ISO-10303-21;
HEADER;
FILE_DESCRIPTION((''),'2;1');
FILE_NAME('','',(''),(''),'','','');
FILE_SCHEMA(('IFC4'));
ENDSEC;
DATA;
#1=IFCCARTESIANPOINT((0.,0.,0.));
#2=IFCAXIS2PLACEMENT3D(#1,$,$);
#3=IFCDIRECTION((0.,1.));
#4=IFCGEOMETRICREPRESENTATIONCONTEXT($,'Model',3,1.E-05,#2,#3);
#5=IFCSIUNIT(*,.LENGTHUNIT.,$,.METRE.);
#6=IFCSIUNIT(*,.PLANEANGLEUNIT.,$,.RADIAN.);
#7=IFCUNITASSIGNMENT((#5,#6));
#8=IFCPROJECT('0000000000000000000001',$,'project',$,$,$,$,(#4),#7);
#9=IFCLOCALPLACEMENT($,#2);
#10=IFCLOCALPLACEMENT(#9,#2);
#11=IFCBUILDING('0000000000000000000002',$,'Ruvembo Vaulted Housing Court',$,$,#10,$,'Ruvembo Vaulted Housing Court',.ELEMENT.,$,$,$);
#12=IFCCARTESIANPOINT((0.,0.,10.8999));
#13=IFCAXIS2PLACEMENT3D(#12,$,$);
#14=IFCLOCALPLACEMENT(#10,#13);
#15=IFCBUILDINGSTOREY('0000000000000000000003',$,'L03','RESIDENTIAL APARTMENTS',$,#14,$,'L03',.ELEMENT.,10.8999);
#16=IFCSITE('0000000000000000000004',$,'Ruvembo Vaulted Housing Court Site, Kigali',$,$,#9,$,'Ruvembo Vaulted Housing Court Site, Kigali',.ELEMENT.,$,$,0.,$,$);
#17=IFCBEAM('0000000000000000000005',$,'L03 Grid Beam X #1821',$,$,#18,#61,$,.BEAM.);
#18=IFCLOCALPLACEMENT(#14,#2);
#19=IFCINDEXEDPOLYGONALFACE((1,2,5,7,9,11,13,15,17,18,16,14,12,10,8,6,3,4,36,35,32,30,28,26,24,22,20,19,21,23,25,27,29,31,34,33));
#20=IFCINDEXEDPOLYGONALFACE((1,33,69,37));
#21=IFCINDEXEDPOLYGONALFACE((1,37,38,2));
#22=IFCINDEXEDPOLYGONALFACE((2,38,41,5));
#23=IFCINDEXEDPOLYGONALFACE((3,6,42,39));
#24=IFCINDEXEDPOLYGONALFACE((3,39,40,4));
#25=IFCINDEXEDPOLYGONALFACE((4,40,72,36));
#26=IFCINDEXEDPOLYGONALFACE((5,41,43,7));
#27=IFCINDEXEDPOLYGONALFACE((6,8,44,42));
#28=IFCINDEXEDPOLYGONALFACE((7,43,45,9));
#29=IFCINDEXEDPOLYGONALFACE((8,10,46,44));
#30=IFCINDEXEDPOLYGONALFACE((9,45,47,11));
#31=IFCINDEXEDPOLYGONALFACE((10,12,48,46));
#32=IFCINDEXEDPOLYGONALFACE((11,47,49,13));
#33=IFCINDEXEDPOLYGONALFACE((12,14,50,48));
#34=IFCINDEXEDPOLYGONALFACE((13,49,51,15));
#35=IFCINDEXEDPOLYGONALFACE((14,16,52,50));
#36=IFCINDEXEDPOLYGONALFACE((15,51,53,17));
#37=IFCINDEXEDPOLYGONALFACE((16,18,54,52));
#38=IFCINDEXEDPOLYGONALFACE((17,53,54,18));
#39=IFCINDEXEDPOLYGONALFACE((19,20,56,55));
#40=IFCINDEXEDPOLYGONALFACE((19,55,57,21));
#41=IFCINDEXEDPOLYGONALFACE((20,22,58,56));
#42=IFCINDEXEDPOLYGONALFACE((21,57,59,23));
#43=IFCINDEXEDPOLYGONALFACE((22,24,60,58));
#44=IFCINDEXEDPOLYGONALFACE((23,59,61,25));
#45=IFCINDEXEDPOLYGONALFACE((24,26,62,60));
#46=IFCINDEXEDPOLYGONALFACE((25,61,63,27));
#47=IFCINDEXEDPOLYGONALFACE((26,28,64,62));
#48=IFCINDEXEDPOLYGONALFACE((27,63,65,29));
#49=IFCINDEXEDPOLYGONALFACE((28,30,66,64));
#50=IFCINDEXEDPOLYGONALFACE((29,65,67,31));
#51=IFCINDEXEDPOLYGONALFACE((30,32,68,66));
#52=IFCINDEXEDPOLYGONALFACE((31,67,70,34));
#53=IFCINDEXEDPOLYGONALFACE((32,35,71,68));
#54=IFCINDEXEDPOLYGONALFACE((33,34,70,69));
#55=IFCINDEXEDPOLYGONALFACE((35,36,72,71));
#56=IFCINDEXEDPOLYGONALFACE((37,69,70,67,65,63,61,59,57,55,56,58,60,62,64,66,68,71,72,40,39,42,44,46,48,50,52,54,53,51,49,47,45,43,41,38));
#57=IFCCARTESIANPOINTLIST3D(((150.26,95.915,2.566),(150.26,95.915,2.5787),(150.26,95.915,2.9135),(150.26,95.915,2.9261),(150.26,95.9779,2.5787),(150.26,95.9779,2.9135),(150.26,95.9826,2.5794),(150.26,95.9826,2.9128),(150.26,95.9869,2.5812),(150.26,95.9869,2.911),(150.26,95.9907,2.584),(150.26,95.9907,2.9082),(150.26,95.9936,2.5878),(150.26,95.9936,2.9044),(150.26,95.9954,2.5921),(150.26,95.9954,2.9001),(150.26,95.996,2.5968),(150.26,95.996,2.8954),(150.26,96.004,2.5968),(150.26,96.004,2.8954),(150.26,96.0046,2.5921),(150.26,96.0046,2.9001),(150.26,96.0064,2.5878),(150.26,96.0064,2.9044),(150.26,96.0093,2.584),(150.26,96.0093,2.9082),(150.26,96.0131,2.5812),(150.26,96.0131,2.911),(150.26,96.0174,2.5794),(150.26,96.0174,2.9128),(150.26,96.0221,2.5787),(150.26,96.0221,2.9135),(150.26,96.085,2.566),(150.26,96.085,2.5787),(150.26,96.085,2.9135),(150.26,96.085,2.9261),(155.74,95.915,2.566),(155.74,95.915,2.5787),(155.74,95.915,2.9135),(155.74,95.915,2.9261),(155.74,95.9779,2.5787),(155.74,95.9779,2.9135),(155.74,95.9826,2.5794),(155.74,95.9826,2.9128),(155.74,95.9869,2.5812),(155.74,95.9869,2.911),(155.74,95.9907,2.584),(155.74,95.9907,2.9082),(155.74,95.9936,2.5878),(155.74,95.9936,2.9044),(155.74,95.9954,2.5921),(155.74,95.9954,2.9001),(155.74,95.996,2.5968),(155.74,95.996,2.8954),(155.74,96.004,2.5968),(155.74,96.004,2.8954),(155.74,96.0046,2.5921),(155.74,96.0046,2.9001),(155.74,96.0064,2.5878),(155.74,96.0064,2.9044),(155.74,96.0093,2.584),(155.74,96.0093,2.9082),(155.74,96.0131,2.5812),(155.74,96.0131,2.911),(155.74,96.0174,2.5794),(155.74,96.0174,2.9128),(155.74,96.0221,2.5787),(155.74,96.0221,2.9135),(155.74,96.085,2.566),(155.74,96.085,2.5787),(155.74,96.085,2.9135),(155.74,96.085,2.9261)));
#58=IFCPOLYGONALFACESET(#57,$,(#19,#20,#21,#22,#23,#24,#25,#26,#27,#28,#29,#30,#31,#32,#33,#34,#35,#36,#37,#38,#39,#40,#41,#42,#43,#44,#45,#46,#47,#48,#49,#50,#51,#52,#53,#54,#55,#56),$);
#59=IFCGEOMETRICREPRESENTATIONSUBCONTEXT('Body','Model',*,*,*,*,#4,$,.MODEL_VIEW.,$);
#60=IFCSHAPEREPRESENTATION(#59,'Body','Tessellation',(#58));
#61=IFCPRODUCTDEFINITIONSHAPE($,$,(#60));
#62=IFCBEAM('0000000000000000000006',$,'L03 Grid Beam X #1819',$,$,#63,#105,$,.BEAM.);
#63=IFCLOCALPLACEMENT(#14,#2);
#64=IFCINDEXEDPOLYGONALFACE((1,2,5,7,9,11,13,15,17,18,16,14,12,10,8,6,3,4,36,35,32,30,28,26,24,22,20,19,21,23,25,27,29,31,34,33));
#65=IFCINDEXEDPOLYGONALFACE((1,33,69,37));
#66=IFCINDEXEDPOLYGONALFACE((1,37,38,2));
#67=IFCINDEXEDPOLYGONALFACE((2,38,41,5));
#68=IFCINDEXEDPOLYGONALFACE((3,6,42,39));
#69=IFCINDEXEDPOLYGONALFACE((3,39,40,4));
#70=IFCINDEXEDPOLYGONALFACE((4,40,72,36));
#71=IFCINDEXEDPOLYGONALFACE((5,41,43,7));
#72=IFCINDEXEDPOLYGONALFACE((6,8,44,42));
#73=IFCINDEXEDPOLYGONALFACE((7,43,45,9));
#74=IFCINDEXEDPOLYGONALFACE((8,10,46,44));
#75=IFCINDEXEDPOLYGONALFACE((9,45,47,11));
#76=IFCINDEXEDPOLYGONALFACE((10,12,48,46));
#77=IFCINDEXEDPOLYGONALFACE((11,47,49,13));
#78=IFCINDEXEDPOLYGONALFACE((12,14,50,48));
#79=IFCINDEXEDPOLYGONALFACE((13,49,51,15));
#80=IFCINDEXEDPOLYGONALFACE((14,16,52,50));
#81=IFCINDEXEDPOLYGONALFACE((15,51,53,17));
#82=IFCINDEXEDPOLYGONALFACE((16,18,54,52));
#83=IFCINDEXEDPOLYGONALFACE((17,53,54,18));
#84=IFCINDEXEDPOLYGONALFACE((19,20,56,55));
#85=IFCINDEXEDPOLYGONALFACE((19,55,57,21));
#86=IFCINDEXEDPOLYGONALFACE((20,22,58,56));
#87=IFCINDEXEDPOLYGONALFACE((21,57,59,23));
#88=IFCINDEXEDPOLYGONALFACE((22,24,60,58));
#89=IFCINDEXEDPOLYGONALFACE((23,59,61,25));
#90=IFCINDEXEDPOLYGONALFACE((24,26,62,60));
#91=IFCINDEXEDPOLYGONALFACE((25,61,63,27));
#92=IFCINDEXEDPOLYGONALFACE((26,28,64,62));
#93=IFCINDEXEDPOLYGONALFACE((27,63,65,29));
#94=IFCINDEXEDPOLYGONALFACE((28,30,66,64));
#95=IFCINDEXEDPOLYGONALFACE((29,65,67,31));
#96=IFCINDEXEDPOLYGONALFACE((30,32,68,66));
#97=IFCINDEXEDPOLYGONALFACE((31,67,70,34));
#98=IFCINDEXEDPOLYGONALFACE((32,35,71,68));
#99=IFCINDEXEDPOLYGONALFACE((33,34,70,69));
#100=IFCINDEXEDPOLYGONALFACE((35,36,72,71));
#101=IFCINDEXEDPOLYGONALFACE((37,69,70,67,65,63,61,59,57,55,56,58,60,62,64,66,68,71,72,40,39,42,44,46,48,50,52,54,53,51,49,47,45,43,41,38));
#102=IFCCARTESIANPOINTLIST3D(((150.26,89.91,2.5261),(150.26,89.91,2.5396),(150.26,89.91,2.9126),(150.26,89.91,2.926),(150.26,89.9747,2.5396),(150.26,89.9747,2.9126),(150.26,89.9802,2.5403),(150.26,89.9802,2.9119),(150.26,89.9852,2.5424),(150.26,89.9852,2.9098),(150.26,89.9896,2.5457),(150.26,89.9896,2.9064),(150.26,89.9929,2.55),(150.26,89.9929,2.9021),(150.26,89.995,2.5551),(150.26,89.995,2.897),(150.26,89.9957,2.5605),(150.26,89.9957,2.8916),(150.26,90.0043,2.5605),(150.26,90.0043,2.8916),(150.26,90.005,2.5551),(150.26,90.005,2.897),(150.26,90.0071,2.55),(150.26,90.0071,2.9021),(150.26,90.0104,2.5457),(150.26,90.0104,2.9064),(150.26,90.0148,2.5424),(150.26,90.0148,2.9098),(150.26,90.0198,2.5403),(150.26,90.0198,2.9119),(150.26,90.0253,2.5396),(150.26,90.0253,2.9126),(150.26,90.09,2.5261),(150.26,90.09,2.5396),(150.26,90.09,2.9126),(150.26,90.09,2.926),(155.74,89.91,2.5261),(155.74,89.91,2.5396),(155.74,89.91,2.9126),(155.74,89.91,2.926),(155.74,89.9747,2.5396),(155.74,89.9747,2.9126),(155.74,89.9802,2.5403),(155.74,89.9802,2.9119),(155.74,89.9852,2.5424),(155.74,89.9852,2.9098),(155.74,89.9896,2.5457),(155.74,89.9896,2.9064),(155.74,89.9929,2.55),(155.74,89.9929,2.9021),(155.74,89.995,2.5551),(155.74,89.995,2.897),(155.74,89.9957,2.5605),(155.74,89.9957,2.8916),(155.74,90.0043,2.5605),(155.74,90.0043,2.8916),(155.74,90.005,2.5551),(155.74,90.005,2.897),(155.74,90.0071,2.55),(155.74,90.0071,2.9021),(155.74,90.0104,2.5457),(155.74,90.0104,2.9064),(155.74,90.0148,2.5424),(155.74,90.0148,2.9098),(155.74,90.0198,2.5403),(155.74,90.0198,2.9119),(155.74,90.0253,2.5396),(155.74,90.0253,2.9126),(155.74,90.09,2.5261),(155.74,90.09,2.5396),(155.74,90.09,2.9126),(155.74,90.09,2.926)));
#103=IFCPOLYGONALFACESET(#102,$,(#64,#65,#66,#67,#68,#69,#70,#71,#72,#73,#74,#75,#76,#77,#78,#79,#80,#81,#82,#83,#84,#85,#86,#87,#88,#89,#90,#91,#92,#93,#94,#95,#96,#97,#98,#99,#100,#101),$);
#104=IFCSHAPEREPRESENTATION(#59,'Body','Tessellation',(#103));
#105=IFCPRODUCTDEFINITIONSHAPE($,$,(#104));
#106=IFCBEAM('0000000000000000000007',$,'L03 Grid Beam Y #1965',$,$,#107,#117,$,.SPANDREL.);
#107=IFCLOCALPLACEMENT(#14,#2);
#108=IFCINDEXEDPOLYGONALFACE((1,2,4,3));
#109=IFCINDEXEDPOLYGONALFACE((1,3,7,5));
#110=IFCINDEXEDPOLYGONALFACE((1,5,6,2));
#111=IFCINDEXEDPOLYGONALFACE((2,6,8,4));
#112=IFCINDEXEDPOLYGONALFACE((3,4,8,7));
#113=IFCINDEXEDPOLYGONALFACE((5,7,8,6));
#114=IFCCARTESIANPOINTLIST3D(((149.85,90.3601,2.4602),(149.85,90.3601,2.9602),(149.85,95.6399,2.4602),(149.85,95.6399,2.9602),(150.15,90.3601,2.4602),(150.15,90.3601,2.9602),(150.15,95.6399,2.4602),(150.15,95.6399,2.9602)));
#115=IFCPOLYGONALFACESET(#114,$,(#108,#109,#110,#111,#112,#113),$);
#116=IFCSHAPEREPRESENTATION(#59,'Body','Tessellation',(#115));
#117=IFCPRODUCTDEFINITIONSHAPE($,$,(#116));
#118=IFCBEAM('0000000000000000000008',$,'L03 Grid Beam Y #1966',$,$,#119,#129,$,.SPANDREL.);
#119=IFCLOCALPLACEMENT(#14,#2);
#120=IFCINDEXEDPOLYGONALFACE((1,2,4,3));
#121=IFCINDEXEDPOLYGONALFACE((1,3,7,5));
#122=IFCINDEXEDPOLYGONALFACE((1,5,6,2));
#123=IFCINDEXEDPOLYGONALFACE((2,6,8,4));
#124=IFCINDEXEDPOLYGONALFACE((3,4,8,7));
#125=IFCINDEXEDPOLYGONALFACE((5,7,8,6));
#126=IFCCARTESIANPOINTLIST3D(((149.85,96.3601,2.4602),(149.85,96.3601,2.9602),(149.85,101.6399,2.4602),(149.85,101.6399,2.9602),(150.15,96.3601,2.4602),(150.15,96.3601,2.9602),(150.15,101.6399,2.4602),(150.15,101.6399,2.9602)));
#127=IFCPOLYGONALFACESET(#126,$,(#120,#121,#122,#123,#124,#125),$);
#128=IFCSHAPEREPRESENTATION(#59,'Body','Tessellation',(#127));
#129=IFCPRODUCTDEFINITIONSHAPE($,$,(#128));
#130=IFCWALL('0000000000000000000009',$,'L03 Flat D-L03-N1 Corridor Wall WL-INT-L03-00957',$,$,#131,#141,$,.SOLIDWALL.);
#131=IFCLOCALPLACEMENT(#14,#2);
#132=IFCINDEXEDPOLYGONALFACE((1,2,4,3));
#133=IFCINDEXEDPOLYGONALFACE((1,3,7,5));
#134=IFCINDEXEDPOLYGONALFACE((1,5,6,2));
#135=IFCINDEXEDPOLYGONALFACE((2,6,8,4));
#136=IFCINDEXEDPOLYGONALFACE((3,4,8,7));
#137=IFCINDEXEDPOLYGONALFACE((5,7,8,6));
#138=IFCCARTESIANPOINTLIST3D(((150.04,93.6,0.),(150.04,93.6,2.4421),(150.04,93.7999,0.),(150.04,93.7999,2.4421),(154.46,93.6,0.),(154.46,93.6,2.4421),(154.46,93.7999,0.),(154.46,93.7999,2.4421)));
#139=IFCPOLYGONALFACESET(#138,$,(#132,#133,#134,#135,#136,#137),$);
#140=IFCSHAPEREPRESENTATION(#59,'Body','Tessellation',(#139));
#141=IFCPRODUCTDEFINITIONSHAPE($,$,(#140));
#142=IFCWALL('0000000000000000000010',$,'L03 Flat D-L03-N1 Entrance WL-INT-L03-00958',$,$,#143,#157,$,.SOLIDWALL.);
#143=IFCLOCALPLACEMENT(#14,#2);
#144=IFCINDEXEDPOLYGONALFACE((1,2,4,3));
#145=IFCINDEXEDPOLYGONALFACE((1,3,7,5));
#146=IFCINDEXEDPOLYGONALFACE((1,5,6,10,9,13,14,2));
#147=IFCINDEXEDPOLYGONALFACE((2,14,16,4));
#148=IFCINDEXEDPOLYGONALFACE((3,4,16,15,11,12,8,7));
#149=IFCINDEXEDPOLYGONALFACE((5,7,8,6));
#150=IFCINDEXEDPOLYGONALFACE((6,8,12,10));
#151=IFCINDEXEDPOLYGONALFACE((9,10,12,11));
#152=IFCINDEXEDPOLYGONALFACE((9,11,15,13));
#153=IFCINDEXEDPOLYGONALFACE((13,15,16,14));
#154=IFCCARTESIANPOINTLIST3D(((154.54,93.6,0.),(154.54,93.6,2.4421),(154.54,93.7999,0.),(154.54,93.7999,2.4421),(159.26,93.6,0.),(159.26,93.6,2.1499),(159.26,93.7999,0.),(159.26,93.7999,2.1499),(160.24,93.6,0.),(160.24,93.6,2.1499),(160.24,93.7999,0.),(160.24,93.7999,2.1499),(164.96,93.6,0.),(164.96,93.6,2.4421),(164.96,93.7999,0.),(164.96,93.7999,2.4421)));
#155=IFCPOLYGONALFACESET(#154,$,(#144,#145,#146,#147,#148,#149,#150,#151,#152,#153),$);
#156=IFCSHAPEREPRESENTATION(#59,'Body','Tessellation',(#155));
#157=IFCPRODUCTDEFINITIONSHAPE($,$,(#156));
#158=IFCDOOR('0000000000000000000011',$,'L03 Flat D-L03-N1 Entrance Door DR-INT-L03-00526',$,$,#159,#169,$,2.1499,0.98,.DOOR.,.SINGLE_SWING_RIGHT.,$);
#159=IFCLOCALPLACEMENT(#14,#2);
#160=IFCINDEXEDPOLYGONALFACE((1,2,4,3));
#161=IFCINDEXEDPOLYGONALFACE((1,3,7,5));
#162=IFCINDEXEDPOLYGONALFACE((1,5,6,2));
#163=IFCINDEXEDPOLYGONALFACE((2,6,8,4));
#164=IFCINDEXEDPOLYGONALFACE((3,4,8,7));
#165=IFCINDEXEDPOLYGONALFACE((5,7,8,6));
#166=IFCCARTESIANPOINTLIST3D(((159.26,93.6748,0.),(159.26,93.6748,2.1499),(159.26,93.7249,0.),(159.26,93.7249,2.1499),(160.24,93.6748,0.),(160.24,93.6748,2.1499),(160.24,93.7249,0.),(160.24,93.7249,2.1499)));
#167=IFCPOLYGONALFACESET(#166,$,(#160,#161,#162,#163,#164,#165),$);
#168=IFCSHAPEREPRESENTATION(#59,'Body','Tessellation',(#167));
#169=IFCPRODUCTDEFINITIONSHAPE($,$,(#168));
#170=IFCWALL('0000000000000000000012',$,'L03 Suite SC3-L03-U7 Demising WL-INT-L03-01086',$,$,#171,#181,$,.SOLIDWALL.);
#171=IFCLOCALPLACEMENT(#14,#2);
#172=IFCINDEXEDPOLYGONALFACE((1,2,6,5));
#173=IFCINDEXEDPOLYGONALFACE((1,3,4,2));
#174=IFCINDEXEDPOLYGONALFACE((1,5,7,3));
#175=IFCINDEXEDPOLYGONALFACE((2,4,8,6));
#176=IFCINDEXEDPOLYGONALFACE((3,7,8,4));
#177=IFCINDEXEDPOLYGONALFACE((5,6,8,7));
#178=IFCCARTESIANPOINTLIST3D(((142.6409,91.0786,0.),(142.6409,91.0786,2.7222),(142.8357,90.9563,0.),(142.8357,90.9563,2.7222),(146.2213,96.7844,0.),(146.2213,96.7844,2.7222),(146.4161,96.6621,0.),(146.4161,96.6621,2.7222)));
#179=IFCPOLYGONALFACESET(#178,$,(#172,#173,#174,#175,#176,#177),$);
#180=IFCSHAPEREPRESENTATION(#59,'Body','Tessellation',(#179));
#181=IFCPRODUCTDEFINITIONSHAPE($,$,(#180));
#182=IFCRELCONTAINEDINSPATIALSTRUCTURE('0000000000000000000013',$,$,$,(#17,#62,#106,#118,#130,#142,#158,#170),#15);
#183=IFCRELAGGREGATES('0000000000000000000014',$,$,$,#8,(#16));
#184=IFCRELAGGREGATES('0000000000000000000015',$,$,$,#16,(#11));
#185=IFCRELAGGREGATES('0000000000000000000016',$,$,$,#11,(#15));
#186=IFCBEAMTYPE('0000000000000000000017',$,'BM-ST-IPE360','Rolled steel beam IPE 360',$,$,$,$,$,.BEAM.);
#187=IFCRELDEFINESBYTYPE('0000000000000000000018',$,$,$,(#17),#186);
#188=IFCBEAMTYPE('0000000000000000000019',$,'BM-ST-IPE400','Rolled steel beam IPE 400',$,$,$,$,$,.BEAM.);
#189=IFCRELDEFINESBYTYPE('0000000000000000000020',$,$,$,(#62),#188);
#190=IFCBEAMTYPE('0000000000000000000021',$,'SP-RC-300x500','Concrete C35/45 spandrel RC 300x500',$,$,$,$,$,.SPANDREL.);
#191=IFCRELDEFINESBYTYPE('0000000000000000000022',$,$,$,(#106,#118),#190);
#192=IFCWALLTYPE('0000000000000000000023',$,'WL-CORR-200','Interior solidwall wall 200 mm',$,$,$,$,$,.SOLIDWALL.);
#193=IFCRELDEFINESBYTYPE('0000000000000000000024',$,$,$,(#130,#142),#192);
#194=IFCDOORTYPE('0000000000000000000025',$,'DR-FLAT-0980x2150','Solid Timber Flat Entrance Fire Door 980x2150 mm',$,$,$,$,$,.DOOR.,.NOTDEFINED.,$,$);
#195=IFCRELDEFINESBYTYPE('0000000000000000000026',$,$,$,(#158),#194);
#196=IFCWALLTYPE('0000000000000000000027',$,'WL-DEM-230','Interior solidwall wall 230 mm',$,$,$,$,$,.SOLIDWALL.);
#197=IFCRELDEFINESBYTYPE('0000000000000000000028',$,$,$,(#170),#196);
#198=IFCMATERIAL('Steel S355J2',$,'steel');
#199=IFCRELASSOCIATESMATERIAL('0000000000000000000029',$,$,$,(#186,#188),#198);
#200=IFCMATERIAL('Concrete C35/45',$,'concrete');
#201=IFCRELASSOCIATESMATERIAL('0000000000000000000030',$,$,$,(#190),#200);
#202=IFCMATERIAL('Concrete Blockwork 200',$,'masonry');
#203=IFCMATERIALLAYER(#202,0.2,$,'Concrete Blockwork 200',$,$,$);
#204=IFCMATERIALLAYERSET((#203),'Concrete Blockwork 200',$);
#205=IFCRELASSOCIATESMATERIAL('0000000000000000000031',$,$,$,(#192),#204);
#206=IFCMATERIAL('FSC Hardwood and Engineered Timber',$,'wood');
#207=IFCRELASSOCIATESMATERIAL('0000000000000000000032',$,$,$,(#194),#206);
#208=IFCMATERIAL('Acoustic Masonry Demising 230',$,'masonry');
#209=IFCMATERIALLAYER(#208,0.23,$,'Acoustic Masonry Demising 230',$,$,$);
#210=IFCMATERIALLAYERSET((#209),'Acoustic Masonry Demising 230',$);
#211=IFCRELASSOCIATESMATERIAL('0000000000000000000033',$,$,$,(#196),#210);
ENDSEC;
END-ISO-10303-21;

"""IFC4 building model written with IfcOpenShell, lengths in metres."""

from ifc_helpers import new_model, si_unit, direction, frame, frame_2d, origin, origin_2d, place, context, subcontext, project, spatial, rectangle, i_section, extrude, material, layer, layer_set, material_profile, profile_set, type_object, element, fill, save


model = new_model("IFC4")

# Units and contexts
model_context = context("Model", 3, precision=1e-05, world=origin(), true_north=direction((0.0, 1.0)))
body_context = subcontext(model_context, "Body", "Model", "MODEL_VIEW")
ifc_project = project(units=[si_unit("LENGTHUNIT", "METRE"), si_unit("PLANEANGLEUNIT", "RADIAN")], contexts=[model_context])

# Site, building, storey
site_placement = place(None, origin())
site = spatial("IfcSite", under=ifc_project, at=site_placement, Name="Ruvembo Vaulted Housing Court Site, Kigali", LongName="Ruvembo Vaulted Housing Court Site, Kigali", CompositionType="ELEMENT", RefElevation=0.0)
building_placement = place(site_placement, origin())
building = spatial("IfcBuilding", under=site, at=building_placement, Name="Ruvembo Vaulted Housing Court", LongName="Ruvembo Vaulted Housing Court", CompositionType="ELEMENT")
storey_placement = place(building_placement, frame((0.0, 0.0, 10.8999)))
storey = spatial("IfcBuildingStorey", under=building, at=storey_placement, Name="L03", Description="RESIDENTIAL APARTMENTS", LongName="L03", CompositionType="ELEMENT", Elevation=10.8999)

# Beams
ifc_material_1 = material(Name="Steel S355J2", Category="steel")
ifc_material_profile_1 = material_profile(ifc_material_1, i_section(OverallWidth=0.1699, OverallDepth=0.3601, WebThickness=0.0081, FlangeThickness=0.0127, FilletRadius=0.0181, at=origin_2d()), Name="IPE 360")
ifc_profile_set_1 = profile_set([ifc_material_profile_1], Name="Steel S355J2")
beam_type_1 = type_object("IfcBeamType", Name="BM-ST-IPE360", Description="Rolled steel beam IPE 360", PredefinedType="BEAM", material=ifc_profile_set_1)
beam_1_placement = place(storey_placement, frame((150.26, 96.0, 2.7461), z_axis=(1.0, 0.0, 0.0), x_axis=(0.0, 1.0, 0.0)))
element("IfcBeam", 1, at=beam_1_placement, inside=storey, type_object=beam_type_1, Name="L03 Grid Beam X #1821", PredefinedType="BEAM", context=body_context, shape_type="SweptSolid", body=[
    extrude(i_section(OverallWidth=0.1699, OverallDepth=0.3601, WebThickness=0.0081, FlangeThickness=0.0127, FilletRadius=0.0181, at=origin_2d()), origin(), (0.0, 0.0, 1.0), 5.48),
])
ifc_material_profile_2 = material_profile(ifc_material_1, i_section(OverallWidth=0.1799, OverallDepth=0.3999, WebThickness=0.0085, FlangeThickness=0.0134, FilletRadius=0.021, at=origin_2d()), Name="IPE 400")
ifc_profile_set_2 = profile_set([ifc_material_profile_2], Name="Steel S355J2")
beam_type_2 = type_object("IfcBeamType", Name="BM-ST-IPE400", Description="Rolled steel beam IPE 400", PredefinedType="BEAM", material=ifc_profile_set_2)
beam_2_placement = place(storey_placement, frame((150.26, 90.0, 2.7261), z_axis=(1.0, 0.0, 0.0), x_axis=(0.0, 1.0, 0.0)))
element("IfcBeam", 2, at=beam_2_placement, inside=storey, type_object=beam_type_2, Name="L03 Grid Beam X #1819", PredefinedType="BEAM", context=body_context, shape_type="SweptSolid", body=[
    extrude(i_section(OverallWidth=0.1799, OverallDepth=0.3999, WebThickness=0.0085, FlangeThickness=0.0134, FilletRadius=0.021, at=origin_2d()), origin(), (0.0, 0.0, 1.0), 5.48),
])
ifc_material_2 = material(Name="Concrete C35/45", Category="concrete")
ifc_material_profile_3 = material_profile(ifc_material_2, rectangle(XDim=0.3, YDim=0.5, at=origin_2d()), Name="RC 300x500")
ifc_profile_set_3 = profile_set([ifc_material_profile_3], Name="Concrete C35/45")
beam_type_3 = type_object("IfcBeamType", Name="SP-RC-300x500", Description="Concrete C35/45 spandrel RC 300x500", PredefinedType="SPANDREL", material=ifc_profile_set_3)
for number, where, z_axis, x_axis, name in (
    (3, (150.0, 90.3601, 2.7102), (0.0, 1.0, 0.0), (-1.0, 0.0, 0.0), "L03 Grid Beam Y #1965"),
    (4, (150.0, 96.3601, 2.7102), (0.0, 1.0, 0.0), (-1.0, 0.0, 0.0), "L03 Grid Beam Y #1966"),
):
    element("IfcBeam", number, at=place(storey_placement, frame(where, z_axis=z_axis, x_axis=x_axis)), inside=storey, type_object=beam_type_3, Name=name, PredefinedType="SPANDREL", context=body_context, shape_type="SweptSolid", body=[
        extrude(rectangle(XDim=0.3, YDim=0.5, at=origin_2d()), origin(), (0.0, 0.0, 1.0), 5.2798),
    ])

# Wall
ifc_material_3 = material(Name="Concrete Blockwork 200", Category="masonry")
ifc_layer_1 = layer(ifc_material_3, 0.2, Name="Concrete Blockwork 200")
ifc_layer_set_1 = layer_set([ifc_layer_1], Name="Concrete Blockwork 200")
wall_type_1 = type_object("IfcWallType", Name="WL-CORR-200", Description="Interior solidwall wall 200 mm", PredefinedType="SOLIDWALL", material=ifc_layer_set_1)
wall_1_placement = place(storey_placement, frame((150.04, 93.7, 0.0), z_axis=(0.0, 0.0, 1.0), x_axis=(1.0, 0.0, 0.0)))
element("IfcWall", 5, at=wall_1_placement, inside=storey, type_object=wall_type_1, Name="L03 Flat D-L03-N1 Corridor Wall WL-INT-L03-00957", PredefinedType="SOLIDWALL", context=body_context, shape_type="SweptSolid", body=[
    extrude(rectangle(XDim=4.4199, YDim=0.2, at=frame_2d((2.21, 0.0))), origin(), (0.0, 0.0, 1.0), 2.4421),
])

# Wall, opening, door
wall_2_placement = place(storey_placement, frame((154.54, 93.7, 0.0), z_axis=(0.0, 0.0, 1.0), x_axis=(1.0, 0.0, 0.0)))
wall_2 = element("IfcWall", 6, at=wall_2_placement, inside=storey, type_object=wall_type_1, Name="L03 Flat D-L03-N1 Entrance WL-INT-L03-00958", PredefinedType="SOLIDWALL", context=body_context, shape_type="SweptSolid", body=[
    extrude(rectangle(XDim=10.4199, YDim=0.2, at=frame_2d((5.21, 0.0))), origin(), (0.0, 0.0, 1.0), 2.4421),
])
opening_1_placement = place(wall_2_placement, frame((4.72, 0.0, 0.0)))
opening_1 = element("IfcOpeningElement", 7, at=opening_1_placement, cuts=wall_2, PredefinedType="OPENING", context=body_context, shape_type="SweptSolid", body=[
    extrude(rectangle(XDim=0.98, YDim=2.1499, at=frame_2d((0.49, 1.075))), frame((0.0, 0.1099, 0.0), z_axis=(0.0, -1.0, 0.0), x_axis=(1.0, 0.0, 0.0)), (0.0, 0.0, 1.0), 0.22),
])
ifc_material_4 = material(Name="FSC Hardwood and Engineered Timber", Category="wood")
door_type_1 = type_object("IfcDoorType", Name="DR-FLAT-0980x2150", Description="Solid Timber Flat Entrance Fire Door 980x2150 mm", OperationType="NOTDEFINED", PredefinedType="DOOR", material=ifc_material_4)
door_1_placement = place(opening_1_placement, origin())
door_1 = element("IfcDoor", 8, at=door_1_placement, inside=storey, type_object=door_type_1, Name="L03 Flat D-L03-N1 Entrance Door DR-INT-L03-00526", OperationType="SINGLE_SWING_RIGHT", OverallHeight=2.1499, OverallWidth=0.98, PredefinedType="DOOR", context=body_context, shape_type="SweptSolid", body=[
    extrude(rectangle(XDim=0.98, YDim=2.1499, at=frame_2d((0.49, 1.075))), frame((0.0, 0.0249, 0.0), z_axis=(0.0, -1.0, 0.0), x_axis=(1.0, 0.0, 0.0)), (0.0, 0.0, 1.0), 0.05),
])
fill(opening_1, door_1)

# Wall
ifc_material_5 = material(Name="Acoustic Masonry Demising 230", Category="masonry")
ifc_layer_2 = layer(ifc_material_5, 0.23, Name="Acoustic Masonry Demising 230")
ifc_layer_set_2 = layer_set([ifc_layer_2], Name="Acoustic Masonry Demising 230")
wall_type_2 = type_object("IfcWallType", Name="WL-DEM-230", Description="Interior solidwall wall 230 mm", PredefinedType="SOLIDWALL", material=ifc_layer_set_2)
wall_3_placement = place(storey_placement, frame((142.7383, 91.0173, 0.0), z_axis=(0.0, 0.0, 1.0), x_axis=(0.531513, 0.84705, 0.0)))
element("IfcWall", 9, at=wall_3_placement, inside=storey, type_object=wall_type_2, Name="L03 Suite SC3-L03-U7 Demising WL-INT-L03-01086", PredefinedType="SOLIDWALL", context=body_context, shape_type="SweptSolid", body=[
    extrude(rectangle(XDim=6.7361, YDim=0.23, at=frame_2d((3.3682, 0.0))), origin(), (0.0, 0.0, 1.0), 2.7222),
])

save(model, "model.ifc")
